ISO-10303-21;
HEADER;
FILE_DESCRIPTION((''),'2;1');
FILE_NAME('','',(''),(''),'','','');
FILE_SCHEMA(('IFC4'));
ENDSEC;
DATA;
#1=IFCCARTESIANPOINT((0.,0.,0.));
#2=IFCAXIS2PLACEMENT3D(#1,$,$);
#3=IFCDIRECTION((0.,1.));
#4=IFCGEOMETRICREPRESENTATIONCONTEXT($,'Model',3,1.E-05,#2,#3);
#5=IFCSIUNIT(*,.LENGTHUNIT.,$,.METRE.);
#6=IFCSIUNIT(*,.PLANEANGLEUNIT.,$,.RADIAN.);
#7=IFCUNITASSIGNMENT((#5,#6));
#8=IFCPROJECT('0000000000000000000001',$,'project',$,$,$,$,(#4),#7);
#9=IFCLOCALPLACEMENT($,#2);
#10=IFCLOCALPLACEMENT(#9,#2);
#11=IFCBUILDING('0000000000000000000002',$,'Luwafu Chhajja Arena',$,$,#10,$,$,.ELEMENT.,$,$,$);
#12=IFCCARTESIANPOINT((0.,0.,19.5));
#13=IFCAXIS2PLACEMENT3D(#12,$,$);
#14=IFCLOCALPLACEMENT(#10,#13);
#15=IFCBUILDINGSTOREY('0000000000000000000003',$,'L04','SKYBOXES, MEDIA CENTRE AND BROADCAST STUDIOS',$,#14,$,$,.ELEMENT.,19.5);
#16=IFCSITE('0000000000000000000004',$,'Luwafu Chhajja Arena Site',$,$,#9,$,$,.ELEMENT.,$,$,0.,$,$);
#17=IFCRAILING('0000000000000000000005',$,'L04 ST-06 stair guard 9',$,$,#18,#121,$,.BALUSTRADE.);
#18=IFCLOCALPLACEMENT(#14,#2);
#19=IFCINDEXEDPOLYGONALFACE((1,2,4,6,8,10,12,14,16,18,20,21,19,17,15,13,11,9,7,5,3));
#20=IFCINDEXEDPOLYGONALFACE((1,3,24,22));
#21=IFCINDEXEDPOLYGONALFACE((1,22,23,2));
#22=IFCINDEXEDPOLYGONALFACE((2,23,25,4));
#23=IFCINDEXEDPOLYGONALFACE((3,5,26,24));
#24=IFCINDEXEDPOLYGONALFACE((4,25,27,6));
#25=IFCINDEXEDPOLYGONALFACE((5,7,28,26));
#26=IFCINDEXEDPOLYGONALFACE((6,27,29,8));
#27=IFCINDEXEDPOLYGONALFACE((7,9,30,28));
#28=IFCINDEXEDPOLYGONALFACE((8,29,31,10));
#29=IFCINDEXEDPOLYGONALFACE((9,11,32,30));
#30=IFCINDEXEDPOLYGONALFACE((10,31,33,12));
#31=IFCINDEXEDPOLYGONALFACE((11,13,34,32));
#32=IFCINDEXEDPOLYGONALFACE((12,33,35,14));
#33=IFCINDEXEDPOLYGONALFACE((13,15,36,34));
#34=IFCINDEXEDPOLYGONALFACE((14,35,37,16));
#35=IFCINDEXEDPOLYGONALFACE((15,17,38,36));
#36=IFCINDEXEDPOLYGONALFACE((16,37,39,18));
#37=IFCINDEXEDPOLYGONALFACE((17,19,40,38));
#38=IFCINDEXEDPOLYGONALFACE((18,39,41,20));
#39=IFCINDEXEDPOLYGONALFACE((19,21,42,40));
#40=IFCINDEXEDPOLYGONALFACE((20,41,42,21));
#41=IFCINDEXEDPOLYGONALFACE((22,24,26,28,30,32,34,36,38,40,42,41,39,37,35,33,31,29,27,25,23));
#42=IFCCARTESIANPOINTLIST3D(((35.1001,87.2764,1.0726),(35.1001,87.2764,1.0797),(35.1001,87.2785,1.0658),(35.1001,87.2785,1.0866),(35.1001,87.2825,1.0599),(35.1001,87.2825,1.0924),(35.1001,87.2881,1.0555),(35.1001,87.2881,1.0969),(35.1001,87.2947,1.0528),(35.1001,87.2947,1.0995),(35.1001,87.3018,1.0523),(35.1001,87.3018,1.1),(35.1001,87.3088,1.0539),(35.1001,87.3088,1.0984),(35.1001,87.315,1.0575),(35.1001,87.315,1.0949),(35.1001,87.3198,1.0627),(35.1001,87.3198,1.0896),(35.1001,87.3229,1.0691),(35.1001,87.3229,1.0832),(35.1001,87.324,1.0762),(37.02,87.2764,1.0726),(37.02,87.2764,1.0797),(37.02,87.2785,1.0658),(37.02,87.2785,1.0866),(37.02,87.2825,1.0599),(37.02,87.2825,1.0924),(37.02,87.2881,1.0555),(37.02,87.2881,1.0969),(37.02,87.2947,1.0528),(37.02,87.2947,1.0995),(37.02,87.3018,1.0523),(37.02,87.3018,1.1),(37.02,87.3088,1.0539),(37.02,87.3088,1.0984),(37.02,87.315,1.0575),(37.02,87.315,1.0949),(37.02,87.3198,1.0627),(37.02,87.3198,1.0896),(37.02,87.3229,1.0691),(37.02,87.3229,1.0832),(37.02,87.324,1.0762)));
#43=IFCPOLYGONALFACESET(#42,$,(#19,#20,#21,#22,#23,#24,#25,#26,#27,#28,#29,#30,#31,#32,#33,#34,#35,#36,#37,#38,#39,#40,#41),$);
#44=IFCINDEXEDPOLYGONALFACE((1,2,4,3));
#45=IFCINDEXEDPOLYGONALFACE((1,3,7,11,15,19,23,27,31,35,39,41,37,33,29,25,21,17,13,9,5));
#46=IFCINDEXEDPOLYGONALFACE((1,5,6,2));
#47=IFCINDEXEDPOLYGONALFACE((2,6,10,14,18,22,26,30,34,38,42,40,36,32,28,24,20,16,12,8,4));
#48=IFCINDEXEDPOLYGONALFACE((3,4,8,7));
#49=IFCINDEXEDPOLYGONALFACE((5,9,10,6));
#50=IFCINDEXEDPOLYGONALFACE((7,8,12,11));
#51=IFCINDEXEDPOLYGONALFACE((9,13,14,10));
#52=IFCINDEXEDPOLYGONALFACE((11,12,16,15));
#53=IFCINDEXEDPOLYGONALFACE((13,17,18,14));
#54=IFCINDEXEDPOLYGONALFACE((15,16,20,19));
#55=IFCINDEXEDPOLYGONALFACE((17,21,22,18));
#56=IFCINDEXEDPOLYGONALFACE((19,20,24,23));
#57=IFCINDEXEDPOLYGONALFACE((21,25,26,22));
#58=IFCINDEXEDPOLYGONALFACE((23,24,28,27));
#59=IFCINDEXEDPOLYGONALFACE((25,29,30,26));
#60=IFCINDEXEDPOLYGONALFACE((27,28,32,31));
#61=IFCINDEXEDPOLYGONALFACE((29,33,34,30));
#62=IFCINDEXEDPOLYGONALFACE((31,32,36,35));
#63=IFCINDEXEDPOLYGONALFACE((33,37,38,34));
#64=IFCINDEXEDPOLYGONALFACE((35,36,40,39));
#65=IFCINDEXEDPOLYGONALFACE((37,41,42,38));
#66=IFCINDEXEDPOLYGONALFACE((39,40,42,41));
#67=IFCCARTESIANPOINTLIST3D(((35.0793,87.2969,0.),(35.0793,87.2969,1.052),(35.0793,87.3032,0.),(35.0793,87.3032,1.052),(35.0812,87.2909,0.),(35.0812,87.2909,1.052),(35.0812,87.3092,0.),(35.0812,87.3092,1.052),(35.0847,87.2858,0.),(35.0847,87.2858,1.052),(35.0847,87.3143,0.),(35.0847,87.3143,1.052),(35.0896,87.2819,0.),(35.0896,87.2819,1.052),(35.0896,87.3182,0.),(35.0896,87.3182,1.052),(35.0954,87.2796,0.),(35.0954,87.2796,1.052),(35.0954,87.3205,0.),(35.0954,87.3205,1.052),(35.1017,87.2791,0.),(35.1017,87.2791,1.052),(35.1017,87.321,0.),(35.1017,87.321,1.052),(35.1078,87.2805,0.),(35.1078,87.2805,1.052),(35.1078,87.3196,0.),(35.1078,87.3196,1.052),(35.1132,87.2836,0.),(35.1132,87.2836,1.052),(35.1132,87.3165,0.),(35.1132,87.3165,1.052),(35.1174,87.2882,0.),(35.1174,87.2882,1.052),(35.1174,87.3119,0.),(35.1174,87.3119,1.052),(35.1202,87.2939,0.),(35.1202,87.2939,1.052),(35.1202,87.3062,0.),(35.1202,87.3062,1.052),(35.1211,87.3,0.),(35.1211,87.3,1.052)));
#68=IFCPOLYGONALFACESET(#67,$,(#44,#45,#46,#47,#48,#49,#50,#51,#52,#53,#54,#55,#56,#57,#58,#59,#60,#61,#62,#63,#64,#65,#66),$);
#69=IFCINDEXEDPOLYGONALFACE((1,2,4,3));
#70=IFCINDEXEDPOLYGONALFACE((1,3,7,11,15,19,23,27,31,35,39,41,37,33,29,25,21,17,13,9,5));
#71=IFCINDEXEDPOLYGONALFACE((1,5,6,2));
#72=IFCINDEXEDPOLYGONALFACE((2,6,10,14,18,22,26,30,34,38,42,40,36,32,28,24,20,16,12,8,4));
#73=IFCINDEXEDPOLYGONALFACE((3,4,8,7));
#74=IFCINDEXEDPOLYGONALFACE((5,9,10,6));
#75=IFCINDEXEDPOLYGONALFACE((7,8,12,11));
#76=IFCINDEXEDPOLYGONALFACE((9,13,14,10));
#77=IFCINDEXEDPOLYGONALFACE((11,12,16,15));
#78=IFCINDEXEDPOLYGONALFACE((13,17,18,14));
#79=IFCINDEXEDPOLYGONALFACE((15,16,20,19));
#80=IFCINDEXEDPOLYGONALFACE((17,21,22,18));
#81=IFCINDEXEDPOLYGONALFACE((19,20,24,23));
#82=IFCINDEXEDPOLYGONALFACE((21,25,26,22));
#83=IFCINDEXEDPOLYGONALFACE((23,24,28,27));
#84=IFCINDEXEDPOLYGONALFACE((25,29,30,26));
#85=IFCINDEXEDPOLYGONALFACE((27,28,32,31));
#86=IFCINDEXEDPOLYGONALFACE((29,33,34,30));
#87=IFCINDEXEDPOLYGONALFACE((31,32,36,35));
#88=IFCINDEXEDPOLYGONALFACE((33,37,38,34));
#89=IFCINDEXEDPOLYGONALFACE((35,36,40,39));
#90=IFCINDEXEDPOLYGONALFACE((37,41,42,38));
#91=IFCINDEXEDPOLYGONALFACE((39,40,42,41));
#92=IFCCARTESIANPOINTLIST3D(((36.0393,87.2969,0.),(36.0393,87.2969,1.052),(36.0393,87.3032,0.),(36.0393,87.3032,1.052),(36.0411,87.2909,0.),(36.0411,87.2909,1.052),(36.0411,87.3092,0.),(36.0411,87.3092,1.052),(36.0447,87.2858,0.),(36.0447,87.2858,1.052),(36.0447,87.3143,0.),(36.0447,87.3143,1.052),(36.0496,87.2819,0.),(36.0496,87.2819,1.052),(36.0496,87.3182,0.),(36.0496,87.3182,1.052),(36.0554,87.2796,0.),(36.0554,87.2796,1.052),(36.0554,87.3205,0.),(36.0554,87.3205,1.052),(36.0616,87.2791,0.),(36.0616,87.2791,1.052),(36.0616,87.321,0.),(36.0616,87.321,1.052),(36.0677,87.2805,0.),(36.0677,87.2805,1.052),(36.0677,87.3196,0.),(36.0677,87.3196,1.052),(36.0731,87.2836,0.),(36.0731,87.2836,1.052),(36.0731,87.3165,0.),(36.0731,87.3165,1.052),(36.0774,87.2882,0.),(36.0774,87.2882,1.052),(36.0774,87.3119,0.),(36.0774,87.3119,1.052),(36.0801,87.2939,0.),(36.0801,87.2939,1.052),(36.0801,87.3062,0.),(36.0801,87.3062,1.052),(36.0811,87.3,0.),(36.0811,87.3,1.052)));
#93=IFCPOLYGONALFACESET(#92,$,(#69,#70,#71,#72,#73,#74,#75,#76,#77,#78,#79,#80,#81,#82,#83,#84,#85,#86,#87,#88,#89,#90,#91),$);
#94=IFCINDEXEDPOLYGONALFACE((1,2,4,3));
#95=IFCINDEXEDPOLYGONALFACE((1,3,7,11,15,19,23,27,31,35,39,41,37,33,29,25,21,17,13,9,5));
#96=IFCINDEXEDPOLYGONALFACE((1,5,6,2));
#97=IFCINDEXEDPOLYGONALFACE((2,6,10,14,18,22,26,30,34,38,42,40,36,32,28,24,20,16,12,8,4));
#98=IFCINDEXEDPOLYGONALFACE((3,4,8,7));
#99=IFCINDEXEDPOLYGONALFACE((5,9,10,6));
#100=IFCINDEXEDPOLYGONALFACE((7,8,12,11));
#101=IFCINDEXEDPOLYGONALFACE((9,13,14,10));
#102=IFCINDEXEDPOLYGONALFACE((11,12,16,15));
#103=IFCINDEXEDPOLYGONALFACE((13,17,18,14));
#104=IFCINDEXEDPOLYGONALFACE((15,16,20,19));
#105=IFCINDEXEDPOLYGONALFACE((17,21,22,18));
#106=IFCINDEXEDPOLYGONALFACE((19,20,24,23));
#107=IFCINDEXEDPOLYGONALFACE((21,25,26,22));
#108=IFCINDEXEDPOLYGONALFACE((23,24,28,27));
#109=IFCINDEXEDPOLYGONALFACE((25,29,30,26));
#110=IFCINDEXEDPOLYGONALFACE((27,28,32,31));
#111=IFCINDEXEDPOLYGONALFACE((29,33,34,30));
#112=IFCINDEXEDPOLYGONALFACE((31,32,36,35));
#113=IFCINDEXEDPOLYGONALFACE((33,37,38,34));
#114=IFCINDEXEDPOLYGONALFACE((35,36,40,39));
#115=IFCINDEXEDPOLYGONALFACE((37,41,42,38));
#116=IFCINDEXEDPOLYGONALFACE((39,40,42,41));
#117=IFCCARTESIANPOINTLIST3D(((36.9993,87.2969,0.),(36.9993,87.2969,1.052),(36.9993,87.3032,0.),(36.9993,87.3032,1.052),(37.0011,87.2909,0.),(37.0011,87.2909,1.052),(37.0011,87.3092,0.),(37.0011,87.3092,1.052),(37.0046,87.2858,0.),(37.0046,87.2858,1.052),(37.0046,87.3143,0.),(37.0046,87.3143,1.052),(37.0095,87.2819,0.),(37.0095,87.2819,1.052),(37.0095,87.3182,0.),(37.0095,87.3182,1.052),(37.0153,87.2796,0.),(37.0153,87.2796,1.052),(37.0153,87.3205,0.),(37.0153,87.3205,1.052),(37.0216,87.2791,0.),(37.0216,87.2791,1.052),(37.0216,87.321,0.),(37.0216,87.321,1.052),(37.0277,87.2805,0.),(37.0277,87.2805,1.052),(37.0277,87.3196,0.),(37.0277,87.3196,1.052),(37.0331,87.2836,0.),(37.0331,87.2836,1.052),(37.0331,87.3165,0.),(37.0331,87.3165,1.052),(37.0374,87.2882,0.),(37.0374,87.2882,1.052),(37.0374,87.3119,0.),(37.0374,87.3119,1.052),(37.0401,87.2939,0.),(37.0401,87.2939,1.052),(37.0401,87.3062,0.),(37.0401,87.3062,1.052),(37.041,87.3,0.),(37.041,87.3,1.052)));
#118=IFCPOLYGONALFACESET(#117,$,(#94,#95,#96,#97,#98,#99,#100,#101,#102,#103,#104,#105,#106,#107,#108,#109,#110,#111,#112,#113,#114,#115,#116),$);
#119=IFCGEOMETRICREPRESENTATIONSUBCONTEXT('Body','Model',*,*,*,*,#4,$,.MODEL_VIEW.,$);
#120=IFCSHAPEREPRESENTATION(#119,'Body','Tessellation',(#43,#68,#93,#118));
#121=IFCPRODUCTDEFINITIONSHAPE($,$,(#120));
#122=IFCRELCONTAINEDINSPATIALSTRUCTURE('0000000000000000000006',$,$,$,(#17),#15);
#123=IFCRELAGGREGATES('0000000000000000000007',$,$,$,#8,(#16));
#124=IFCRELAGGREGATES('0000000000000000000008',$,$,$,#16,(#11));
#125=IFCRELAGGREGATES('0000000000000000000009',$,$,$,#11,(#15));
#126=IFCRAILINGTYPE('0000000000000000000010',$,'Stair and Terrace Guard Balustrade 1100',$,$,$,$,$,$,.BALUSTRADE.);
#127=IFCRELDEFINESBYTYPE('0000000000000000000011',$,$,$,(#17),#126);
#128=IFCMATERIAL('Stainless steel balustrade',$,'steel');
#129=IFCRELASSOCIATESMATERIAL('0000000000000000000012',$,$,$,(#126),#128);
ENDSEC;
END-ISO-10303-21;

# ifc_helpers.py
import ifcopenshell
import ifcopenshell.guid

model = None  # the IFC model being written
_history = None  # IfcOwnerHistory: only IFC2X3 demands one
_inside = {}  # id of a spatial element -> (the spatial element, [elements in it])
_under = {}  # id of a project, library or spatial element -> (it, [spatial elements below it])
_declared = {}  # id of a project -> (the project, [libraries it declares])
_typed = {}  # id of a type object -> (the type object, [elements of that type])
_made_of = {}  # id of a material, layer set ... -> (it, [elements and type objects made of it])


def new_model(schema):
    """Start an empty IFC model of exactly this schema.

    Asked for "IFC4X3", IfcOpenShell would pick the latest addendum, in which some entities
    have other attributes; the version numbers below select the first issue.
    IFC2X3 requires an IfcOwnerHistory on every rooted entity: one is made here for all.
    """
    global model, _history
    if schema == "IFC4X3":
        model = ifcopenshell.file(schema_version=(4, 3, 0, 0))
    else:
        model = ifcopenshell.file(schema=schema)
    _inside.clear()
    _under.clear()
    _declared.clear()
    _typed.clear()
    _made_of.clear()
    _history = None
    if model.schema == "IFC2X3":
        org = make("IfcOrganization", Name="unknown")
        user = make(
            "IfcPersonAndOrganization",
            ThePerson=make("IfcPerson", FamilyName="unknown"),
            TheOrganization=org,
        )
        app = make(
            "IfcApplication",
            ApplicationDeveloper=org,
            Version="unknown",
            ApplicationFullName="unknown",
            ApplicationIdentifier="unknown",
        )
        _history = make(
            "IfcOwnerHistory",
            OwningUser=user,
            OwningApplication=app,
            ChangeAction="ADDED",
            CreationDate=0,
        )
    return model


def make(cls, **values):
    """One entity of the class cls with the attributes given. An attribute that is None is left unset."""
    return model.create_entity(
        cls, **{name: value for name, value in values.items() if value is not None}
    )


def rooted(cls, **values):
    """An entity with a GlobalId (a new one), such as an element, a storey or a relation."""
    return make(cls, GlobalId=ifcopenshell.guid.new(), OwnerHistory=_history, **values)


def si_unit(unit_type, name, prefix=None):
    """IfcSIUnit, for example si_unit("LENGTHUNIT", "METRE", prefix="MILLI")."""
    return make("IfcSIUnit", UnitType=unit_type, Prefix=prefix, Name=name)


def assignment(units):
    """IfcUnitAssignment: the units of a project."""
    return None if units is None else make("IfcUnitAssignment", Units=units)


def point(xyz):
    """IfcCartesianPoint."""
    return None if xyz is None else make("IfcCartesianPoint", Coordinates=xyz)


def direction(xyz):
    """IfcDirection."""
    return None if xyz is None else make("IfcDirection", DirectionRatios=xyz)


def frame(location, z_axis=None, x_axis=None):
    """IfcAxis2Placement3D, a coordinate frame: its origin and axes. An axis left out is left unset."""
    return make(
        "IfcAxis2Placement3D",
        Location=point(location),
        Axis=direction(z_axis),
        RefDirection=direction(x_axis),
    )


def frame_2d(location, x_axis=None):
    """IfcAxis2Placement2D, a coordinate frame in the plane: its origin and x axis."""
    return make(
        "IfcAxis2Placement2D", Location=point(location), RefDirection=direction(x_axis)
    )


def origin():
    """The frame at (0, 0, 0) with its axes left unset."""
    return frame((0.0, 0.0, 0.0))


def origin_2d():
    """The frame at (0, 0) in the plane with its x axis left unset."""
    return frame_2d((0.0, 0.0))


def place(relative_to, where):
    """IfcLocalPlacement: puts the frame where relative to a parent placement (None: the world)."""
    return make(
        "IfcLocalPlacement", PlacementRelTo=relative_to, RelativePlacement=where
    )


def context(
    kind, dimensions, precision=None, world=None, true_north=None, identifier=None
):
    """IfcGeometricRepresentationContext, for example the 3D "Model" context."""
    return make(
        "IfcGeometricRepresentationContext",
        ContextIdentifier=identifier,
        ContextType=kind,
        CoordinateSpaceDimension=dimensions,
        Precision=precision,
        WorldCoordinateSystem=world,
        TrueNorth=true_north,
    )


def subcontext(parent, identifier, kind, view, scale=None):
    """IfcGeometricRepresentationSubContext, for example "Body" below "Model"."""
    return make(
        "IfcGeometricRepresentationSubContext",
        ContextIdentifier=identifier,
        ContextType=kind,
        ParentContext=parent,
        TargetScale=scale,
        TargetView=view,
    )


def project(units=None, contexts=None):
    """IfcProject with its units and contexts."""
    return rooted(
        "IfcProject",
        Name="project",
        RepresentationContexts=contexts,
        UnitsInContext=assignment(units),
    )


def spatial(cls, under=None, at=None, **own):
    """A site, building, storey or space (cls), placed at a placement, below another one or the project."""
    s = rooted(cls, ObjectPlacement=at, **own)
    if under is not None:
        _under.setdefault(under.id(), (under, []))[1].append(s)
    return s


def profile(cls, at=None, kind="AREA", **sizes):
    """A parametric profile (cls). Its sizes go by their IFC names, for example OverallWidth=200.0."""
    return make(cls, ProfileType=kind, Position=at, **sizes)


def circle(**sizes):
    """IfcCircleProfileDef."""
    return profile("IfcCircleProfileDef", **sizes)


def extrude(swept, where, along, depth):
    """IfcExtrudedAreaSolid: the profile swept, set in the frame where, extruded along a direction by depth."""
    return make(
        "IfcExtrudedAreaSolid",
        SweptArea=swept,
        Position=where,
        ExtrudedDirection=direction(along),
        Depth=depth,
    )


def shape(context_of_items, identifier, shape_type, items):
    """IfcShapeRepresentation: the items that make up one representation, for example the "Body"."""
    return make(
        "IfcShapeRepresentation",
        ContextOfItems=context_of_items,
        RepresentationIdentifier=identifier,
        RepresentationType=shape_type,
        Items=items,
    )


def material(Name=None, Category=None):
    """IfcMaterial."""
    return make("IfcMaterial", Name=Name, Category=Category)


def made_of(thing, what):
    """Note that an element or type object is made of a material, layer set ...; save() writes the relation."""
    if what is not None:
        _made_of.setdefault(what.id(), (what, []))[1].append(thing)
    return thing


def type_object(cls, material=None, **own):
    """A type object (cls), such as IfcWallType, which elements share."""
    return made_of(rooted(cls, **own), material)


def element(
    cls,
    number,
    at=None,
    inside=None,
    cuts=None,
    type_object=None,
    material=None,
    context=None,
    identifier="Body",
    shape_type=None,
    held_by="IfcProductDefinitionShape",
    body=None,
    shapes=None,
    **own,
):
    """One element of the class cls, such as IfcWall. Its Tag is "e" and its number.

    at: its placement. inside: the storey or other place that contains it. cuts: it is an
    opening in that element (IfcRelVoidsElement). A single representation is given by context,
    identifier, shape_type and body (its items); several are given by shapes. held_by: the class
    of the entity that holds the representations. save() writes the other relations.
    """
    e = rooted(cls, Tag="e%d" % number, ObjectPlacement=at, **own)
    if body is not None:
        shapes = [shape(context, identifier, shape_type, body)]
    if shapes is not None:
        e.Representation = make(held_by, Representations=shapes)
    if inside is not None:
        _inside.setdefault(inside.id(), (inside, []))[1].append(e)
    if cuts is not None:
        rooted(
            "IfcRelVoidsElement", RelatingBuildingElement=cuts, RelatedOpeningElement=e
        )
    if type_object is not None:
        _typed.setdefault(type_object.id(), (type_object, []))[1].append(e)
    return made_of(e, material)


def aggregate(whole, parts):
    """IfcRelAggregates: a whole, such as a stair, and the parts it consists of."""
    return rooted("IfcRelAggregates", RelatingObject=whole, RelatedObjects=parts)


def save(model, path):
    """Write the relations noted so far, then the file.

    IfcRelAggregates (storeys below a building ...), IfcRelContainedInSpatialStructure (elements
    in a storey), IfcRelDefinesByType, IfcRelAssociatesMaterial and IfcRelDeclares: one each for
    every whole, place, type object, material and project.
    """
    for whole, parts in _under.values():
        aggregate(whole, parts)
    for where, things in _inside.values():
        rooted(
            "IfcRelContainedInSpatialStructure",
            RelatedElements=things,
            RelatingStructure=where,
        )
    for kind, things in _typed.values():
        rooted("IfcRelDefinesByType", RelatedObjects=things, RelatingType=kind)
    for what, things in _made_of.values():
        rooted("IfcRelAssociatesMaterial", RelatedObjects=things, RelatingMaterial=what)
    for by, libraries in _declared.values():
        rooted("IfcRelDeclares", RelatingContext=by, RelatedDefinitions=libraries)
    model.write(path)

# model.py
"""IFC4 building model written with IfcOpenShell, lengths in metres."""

from ifc_helpers import new_model, si_unit, direction, frame, origin, origin_2d, place, context, subcontext, project, spatial, circle, extrude, material, type_object, element, save


model = new_model("IFC4")

# Units and contexts
model_context = context("Model", 3, precision=1e-05, world=origin(), true_north=direction((0.0, 1.0)))
body_context = subcontext(model_context, "Body", "Model", "MODEL_VIEW")
ifc_project = project(units=[si_unit("LENGTHUNIT", "METRE"), si_unit("PLANEANGLEUNIT", "RADIAN")], contexts=[model_context])

# Site, building, storey
site_placement = place(None, origin())
site = spatial("IfcSite", under=ifc_project, at=site_placement, Name="Luwafu Chhajja Arena Site", CompositionType="ELEMENT", RefElevation=0.0)
building_placement = place(site_placement, origin())
building = spatial("IfcBuilding", under=site, at=building_placement, Name="Luwafu Chhajja Arena", CompositionType="ELEMENT")
storey_placement = place(building_placement, frame((0.0, 0.0, 19.5)))
storey = spatial("IfcBuildingStorey", under=building, at=storey_placement, Name="L04", Description="SKYBOXES, MEDIA CENTRE AND BROADCAST STUDIOS", CompositionType="ELEMENT", Elevation=19.5)

# Railing
ifc_material_1 = material(Name="Stainless steel balustrade", Category="steel")
railing_type = type_object("IfcRailingType", Name="Stair and Terrace Guard Balustrade 1100", PredefinedType="BALUSTRADE", material=ifc_material_1)
for number, where, name in (
    (1, (35.1001, 87.3, 0.0), "L04 ST-06 stair guard 9"),
):
    element("IfcRailing", number, at=place(storey_placement, frame(where)), inside=storey, type_object=railing_type, Name=name, PredefinedType="BALUSTRADE", context=body_context, shape_type="SweptSolid", body=[
        extrude(circle(Radius=0.0239, at=origin_2d()), frame((0.0, 0.0, 1.0762), z_axis=(1.0, 0.0, 0.0), x_axis=(0.0, 1.0, 0.0)), (0.0, 0.0, 1.0), 1.9199),
        extrude(circle(Radius=0.021, at=origin_2d()), origin(), (0.0, 0.0, 1.0), 1.052),
        extrude(circle(Radius=0.021, at=origin_2d()), frame((0.96, 0.0, 0.0)), (0.0, 0.0, 1.0), 1.052),
        extrude(circle(Radius=0.021, at=origin_2d()), frame((1.9199, 0.0, 0.0)), (0.0, 0.0, 1.0), 1.052),
    ])

save(model, "model.ifc")
